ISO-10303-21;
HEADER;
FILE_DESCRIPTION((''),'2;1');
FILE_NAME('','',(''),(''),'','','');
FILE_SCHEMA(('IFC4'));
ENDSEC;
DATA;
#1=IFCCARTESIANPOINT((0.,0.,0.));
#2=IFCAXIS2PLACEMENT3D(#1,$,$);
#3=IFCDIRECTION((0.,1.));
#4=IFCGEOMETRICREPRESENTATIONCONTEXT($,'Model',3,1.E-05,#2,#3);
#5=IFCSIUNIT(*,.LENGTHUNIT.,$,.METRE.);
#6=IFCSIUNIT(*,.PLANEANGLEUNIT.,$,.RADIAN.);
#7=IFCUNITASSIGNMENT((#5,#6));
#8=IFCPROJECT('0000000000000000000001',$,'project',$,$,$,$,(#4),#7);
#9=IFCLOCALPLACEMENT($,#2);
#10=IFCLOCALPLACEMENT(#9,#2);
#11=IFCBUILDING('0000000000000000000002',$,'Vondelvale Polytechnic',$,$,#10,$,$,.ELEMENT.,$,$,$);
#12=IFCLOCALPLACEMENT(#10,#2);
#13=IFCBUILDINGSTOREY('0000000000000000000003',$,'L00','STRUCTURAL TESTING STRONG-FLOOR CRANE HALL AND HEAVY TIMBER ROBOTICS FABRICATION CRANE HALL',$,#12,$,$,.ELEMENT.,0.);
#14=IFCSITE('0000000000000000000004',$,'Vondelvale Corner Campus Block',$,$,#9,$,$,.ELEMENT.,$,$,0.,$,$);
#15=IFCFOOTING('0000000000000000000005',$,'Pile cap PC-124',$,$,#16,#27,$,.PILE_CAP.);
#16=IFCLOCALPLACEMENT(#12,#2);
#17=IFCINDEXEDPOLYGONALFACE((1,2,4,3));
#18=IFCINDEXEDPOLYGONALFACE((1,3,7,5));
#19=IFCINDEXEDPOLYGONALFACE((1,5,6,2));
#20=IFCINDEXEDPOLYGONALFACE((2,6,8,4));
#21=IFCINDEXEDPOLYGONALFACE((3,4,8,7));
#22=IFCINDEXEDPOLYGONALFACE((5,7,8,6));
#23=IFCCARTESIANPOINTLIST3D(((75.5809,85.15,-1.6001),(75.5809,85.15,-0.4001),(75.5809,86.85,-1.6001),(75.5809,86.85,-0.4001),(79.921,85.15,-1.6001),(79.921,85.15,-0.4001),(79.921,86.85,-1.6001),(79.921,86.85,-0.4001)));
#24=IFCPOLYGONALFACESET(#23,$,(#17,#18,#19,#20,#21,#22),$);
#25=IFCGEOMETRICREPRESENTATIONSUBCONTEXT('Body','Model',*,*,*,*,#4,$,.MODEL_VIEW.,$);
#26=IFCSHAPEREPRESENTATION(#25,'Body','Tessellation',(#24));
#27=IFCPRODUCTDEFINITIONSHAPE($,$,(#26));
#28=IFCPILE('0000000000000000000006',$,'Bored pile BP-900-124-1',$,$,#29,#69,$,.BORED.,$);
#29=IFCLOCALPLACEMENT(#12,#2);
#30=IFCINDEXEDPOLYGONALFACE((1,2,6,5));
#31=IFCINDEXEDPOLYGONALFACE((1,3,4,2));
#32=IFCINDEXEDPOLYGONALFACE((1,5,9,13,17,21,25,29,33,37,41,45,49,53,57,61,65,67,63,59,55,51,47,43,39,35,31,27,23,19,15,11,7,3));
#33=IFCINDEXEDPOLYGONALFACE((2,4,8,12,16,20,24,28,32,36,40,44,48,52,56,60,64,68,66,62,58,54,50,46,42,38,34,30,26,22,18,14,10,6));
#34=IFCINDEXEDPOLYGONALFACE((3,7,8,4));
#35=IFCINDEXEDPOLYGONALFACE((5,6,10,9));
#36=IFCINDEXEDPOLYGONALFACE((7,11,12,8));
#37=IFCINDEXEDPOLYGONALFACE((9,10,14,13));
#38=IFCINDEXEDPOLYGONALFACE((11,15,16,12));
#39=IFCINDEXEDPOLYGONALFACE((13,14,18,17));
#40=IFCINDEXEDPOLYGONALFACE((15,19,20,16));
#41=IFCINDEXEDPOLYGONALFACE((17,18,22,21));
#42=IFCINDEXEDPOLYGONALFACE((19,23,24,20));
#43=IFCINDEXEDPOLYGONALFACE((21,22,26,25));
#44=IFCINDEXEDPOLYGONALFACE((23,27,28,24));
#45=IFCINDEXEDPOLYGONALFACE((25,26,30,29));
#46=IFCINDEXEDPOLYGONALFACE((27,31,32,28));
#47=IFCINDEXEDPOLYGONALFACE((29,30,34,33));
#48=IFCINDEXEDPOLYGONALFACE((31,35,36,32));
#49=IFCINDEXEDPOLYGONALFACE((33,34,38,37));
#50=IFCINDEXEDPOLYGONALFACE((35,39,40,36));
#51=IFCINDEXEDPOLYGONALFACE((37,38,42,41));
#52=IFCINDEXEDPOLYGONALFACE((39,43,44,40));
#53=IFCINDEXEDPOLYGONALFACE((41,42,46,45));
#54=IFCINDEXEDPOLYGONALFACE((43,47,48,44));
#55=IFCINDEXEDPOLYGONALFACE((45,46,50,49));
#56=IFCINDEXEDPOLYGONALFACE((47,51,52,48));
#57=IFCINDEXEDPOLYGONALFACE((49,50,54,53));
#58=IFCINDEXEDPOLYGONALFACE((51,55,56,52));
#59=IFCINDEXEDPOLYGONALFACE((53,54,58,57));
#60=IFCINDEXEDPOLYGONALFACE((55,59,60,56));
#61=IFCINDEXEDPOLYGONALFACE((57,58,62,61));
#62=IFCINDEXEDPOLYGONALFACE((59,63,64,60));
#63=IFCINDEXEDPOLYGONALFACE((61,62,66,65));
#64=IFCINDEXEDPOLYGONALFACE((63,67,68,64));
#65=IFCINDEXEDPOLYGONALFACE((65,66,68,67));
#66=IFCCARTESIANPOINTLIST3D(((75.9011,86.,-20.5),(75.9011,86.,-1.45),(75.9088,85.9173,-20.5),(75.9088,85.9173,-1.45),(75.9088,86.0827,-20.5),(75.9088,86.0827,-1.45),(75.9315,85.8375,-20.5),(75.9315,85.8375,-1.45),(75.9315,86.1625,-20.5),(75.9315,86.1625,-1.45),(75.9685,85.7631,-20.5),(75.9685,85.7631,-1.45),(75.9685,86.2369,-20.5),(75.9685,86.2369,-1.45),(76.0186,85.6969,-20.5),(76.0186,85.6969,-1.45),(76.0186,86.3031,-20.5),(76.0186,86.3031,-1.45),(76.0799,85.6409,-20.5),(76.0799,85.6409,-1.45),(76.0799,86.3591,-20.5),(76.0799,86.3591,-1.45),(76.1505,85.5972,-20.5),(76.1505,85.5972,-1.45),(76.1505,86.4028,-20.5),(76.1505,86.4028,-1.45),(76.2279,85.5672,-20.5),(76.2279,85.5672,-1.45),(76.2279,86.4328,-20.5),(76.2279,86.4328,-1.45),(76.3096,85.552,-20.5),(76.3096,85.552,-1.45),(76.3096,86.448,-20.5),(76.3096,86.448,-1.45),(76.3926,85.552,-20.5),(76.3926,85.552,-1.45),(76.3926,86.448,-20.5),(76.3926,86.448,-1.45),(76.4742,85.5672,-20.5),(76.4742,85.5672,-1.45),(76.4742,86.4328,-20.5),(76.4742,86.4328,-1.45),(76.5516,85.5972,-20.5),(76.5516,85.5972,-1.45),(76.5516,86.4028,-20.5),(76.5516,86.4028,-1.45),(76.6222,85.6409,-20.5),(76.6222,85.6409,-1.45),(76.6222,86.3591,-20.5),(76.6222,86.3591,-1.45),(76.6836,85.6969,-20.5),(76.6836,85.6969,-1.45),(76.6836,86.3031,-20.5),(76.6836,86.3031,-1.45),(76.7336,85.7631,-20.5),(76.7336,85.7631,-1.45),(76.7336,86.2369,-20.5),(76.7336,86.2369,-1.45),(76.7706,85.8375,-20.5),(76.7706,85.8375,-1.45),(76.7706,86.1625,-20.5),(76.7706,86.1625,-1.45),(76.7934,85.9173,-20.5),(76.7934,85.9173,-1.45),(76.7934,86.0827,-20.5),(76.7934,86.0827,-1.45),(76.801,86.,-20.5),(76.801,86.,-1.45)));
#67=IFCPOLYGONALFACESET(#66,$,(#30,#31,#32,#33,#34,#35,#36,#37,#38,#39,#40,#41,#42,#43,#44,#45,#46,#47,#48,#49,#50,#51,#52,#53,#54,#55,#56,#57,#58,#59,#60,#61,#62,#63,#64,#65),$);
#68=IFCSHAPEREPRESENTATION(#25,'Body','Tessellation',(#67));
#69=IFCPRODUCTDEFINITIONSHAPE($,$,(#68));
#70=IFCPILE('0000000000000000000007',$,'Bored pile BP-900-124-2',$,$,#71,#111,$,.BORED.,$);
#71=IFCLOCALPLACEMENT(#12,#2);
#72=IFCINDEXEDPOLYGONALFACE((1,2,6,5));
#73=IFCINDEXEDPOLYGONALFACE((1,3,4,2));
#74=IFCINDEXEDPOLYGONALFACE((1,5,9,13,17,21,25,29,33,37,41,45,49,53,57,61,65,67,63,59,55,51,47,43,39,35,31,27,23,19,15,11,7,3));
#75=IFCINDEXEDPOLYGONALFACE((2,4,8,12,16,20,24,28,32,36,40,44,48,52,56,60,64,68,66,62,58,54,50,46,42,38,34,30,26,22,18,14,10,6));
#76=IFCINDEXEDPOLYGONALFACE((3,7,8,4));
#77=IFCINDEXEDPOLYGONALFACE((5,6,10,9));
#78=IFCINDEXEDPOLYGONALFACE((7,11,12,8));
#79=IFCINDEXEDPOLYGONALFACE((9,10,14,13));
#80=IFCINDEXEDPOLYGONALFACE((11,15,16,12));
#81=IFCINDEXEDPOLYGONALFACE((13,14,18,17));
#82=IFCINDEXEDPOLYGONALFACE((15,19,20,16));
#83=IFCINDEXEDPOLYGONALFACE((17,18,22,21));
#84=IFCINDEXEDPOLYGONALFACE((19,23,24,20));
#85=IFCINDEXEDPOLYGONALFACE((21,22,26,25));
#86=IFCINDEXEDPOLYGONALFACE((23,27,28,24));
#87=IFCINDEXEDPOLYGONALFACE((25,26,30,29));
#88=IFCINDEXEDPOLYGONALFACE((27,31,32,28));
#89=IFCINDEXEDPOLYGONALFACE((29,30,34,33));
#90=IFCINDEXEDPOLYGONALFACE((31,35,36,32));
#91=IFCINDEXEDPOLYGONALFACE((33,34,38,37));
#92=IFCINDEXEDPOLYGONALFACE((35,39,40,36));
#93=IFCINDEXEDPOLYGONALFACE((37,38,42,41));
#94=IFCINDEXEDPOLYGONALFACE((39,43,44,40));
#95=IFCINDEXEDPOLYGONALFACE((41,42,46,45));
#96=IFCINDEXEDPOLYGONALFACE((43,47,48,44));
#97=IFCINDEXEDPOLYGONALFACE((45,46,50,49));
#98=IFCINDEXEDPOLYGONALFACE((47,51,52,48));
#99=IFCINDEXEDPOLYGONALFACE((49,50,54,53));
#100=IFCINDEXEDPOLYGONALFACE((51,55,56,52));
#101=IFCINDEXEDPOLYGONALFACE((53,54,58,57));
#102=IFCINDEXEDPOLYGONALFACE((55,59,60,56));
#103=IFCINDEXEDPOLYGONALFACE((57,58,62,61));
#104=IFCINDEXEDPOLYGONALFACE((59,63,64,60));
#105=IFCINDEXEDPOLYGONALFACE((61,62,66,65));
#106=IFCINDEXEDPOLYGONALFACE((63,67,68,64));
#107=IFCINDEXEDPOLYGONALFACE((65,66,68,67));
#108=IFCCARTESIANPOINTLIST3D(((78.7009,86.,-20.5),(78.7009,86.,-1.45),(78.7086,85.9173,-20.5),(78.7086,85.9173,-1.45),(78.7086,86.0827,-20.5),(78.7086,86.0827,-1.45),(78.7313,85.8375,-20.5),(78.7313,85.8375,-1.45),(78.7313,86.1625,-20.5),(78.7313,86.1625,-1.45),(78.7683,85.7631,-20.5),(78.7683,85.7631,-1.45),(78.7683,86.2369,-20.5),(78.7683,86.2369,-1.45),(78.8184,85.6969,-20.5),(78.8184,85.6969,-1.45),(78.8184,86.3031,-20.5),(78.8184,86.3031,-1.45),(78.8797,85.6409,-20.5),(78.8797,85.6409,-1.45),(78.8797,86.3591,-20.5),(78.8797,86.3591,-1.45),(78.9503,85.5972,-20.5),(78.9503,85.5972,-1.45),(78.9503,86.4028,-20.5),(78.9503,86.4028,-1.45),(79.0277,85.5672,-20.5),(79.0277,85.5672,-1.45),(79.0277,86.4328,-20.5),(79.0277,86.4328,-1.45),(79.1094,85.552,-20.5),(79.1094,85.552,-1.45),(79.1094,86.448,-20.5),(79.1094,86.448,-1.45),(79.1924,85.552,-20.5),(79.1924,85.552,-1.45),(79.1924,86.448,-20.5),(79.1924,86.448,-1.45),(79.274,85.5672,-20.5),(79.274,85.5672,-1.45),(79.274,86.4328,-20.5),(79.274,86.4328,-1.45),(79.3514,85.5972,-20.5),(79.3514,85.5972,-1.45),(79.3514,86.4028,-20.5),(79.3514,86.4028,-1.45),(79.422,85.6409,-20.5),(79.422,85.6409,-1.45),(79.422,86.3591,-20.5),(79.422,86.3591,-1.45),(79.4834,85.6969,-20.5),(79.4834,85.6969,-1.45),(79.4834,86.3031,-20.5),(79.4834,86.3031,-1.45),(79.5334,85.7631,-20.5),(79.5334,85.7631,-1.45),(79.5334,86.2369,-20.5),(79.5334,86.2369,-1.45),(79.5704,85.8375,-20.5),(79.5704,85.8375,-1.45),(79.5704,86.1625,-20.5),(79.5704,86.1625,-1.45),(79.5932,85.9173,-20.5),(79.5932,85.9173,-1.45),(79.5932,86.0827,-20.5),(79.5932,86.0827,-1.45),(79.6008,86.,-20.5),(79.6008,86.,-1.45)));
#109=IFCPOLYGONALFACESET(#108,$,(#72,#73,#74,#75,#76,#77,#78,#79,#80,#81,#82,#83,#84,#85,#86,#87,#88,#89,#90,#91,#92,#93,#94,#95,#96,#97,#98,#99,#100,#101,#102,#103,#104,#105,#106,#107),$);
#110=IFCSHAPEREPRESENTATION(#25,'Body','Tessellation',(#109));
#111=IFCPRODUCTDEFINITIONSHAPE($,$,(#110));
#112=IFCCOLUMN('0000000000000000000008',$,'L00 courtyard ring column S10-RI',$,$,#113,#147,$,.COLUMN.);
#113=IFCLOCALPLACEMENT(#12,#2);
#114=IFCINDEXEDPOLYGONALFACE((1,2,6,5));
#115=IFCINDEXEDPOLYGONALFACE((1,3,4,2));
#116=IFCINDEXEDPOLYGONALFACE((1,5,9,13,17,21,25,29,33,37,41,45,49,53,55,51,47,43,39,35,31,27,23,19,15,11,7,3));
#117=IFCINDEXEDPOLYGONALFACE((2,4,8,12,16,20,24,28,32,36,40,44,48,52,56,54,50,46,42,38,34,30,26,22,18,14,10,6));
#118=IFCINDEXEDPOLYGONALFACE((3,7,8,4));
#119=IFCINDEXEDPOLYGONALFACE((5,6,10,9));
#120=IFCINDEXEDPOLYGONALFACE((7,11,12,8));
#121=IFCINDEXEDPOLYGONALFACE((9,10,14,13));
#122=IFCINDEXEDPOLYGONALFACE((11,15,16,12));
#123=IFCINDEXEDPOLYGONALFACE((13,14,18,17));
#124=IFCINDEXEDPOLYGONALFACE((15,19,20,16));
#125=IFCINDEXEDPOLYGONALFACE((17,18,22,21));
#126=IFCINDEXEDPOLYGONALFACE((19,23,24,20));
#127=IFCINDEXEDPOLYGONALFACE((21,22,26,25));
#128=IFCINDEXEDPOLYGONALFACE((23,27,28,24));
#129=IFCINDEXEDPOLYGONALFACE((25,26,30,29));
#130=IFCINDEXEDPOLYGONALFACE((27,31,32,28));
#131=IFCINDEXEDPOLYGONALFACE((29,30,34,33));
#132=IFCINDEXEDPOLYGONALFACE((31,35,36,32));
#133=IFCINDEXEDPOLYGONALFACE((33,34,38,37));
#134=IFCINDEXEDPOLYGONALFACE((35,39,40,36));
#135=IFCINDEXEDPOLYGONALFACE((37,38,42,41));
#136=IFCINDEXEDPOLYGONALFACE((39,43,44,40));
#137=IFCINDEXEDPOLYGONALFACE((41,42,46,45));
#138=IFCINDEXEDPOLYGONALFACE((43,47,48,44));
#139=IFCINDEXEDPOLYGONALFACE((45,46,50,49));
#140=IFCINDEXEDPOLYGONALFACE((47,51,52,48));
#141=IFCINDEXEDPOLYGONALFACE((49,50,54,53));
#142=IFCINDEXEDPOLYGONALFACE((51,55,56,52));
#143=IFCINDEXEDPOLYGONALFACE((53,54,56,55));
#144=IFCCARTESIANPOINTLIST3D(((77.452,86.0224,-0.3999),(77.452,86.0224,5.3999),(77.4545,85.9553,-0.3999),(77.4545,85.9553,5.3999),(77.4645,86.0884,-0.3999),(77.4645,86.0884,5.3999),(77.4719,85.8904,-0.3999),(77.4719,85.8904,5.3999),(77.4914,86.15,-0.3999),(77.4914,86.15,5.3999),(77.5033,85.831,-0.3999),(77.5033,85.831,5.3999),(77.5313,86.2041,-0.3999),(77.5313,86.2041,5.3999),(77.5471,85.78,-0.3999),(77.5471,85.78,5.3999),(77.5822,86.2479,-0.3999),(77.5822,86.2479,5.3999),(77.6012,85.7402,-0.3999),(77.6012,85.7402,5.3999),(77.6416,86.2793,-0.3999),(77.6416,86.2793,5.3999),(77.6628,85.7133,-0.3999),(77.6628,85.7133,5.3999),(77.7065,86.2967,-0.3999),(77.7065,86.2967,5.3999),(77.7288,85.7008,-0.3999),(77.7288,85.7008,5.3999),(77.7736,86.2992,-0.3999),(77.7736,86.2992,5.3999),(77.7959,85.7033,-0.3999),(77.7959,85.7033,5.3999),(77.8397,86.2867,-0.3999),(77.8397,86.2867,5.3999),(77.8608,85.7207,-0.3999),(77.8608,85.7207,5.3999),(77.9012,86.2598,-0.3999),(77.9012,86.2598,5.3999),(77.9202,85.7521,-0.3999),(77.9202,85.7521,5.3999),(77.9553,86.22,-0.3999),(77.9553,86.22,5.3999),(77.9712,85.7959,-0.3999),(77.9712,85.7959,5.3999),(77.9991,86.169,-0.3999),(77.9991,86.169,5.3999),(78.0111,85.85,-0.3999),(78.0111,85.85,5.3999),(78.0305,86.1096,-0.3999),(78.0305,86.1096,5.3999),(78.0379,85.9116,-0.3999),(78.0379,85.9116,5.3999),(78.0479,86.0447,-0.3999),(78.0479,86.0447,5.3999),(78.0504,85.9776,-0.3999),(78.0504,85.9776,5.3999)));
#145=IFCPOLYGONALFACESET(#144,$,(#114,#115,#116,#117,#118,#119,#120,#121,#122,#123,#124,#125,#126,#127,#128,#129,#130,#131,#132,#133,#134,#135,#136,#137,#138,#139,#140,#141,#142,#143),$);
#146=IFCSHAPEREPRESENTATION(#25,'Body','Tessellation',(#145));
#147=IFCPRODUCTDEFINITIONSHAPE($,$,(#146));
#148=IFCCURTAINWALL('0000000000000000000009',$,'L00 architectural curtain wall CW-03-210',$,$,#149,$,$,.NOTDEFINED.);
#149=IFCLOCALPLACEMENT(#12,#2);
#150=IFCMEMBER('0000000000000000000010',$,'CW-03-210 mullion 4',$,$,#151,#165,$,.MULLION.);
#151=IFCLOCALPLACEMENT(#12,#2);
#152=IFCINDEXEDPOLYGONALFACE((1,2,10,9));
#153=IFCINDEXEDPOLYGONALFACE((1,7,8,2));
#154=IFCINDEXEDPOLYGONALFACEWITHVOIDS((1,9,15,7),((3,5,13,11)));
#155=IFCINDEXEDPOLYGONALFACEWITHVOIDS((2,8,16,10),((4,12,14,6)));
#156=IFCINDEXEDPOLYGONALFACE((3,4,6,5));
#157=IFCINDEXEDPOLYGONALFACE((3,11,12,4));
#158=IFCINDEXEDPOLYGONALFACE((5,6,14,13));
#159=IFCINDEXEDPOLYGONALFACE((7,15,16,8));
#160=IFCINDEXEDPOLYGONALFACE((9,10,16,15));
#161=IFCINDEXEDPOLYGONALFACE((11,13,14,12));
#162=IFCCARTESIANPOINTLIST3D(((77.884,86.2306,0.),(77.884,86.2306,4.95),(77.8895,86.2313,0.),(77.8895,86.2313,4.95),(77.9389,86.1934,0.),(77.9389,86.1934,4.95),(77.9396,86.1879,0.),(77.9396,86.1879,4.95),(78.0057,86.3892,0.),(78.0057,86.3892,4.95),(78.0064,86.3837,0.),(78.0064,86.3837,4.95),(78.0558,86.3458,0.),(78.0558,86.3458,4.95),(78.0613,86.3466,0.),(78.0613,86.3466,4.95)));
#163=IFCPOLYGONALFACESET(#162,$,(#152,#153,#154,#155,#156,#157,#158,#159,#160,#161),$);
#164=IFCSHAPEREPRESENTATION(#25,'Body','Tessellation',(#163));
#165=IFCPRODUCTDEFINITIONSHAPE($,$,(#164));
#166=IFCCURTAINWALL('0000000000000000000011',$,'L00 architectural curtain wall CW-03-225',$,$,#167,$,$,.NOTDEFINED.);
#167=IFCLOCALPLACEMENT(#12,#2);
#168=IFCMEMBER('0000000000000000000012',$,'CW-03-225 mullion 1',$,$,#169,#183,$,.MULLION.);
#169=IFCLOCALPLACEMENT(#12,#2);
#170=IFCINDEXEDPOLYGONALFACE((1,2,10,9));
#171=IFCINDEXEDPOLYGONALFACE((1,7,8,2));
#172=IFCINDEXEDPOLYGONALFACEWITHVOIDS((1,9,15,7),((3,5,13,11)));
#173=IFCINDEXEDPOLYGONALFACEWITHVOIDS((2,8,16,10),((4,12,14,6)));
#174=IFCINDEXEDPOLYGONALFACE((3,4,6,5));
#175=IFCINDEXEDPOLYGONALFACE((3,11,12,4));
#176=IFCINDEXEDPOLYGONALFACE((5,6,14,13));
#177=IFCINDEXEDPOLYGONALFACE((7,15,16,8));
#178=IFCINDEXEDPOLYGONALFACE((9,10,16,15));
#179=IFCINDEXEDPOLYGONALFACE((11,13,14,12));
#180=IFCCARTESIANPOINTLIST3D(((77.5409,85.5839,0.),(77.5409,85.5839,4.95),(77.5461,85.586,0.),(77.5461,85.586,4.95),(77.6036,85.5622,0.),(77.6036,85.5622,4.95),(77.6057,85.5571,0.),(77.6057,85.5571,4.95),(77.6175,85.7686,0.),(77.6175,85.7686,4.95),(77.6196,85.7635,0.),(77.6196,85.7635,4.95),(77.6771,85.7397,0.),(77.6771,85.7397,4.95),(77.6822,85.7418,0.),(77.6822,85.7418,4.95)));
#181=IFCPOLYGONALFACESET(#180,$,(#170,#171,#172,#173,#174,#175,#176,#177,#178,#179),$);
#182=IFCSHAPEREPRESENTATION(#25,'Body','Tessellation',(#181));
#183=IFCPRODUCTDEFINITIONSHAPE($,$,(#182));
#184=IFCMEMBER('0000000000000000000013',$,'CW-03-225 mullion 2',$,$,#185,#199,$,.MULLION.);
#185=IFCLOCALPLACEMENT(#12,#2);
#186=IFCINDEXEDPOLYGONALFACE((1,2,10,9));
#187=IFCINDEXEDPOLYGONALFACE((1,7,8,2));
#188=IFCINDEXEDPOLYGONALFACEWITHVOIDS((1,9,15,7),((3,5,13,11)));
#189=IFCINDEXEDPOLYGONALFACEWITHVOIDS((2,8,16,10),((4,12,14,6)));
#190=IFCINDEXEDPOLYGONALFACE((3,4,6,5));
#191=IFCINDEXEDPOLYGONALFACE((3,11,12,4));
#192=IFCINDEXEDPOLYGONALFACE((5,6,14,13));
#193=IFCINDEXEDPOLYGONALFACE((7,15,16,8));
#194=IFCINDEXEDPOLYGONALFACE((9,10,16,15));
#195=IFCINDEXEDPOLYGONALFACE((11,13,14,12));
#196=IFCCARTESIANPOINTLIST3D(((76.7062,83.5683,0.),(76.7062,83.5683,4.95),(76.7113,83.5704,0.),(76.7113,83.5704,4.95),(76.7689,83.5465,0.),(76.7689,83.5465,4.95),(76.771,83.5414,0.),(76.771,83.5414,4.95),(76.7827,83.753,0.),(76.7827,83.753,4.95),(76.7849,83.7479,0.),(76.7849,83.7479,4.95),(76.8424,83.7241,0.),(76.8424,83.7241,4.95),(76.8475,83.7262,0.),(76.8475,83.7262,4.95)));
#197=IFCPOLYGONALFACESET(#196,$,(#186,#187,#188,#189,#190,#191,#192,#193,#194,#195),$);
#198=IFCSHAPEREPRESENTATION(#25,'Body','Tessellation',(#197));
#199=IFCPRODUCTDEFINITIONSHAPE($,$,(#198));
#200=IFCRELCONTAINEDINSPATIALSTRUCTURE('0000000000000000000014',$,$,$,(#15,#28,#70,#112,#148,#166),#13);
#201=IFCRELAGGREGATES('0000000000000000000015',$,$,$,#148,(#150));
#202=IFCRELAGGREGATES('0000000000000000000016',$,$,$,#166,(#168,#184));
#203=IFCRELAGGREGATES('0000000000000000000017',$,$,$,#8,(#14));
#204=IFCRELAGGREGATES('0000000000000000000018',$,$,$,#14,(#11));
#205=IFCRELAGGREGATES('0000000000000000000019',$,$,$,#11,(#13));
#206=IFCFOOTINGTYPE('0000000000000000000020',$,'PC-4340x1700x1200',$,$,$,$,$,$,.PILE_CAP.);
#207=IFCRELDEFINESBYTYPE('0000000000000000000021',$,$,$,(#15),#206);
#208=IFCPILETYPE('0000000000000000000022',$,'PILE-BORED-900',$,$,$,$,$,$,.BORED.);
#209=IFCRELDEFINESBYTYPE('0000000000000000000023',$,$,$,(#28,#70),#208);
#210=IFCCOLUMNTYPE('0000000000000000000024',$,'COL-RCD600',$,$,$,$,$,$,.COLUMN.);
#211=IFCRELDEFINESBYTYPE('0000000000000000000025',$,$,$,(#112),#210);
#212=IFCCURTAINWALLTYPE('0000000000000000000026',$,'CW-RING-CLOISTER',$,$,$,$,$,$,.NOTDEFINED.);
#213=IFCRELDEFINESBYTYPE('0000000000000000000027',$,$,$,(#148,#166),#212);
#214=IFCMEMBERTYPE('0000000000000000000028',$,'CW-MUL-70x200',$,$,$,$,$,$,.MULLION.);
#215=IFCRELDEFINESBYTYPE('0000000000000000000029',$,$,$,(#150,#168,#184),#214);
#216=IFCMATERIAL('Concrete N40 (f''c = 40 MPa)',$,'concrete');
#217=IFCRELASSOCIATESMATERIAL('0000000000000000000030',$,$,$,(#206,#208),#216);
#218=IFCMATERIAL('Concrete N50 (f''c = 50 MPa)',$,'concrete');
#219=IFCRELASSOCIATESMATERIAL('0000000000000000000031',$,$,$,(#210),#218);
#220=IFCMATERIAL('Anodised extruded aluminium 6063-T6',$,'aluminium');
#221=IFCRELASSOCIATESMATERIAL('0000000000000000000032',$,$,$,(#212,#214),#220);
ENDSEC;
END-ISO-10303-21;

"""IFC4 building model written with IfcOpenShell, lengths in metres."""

from ifc_helpers import new_model, si_unit, direction, frame, origin, origin_2d, place, context, subcontext, project, spatial, rectangle, hollow_rectangle, circle, extrude, material, material_profile, profile_set, type_object, element, aggregate, save


model = new_model("IFC4")

# Units and contexts
model_context = context("Model", 3, precision=1e-05, world=origin(), true_north=direction((0.0, 1.0)))
body_context = subcontext(model_context, "Body", "Model", "MODEL_VIEW")
ifc_project = project(units=[si_unit("LENGTHUNIT", "METRE"), si_unit("PLANEANGLEUNIT", "RADIAN")], contexts=[model_context])

# Site, building, storey
site_placement = place(None, origin())
site = spatial("IfcSite", under=ifc_project, at=site_placement, Name="Vondelvale Corner Campus Block", CompositionType="ELEMENT", RefElevation=0.0)
building_placement = place(site_placement, origin())
building = spatial("IfcBuilding", under=site, at=building_placement, Name="Vondelvale Polytechnic", CompositionType="ELEMENT")
storey_placement = place(building_placement, origin())
storey = spatial("IfcBuildingStorey", under=building, at=storey_placement, Name="L00", Description="STRUCTURAL TESTING STRONG-FLOOR CRANE HALL AND HEAVY TIMBER ROBOTICS FABRICATION CRANE HALL", CompositionType="ELEMENT", Elevation=0.0)

# Footing
ifc_material_1 = material(Name="Concrete N40 (f'c = 40 MPa)", Category="concrete")
footing_type = type_object("IfcFootingType", Name="PC-4340x1700x1200", PredefinedType="PILE_CAP", material=ifc_material_1)
footing_placement = place(storey_placement, frame((77.751, 86.0, -1.6001), z_axis=(0.0, 0.0, 1.0), x_axis=(1.0, 0.0, 0.0)))
element("IfcFooting", 1, at=footing_placement, inside=storey, type_object=footing_type, Name="Pile cap PC-124", PredefinedType="PILE_CAP", context=body_context, shape_type="SweptSolid", body=[
    extrude(rectangle(XDim=4.3401, YDim=1.7, at=origin_2d()), origin(), (0.0, 0.0, 1.0), 1.2),
])

# Piles
ifc_material_profile_1 = material_profile(ifc_material_1, circle(Radius=0.45, at=origin_2d()), Name="PILE-D900")
ifc_profile_set_1 = profile_set([ifc_material_profile_1], Name="Concrete N40 (f'c = 40 MPa)")
pile_type = type_object("IfcPileType", Name="PILE-BORED-900", PredefinedType="BORED", material=ifc_profile_set_1)
for number, where, z_axis, x_axis, name in (
    (2, (76.3511, 86.0, -1.45), (0.0, 0.0, -1.0), (1.0, 0.0, 0.0), "Bored pile BP-900-124-1"),
    (3, (79.1509, 86.0, -1.45), (0.0, 0.0, -1.0), (1.0, 0.0, 0.0), "Bored pile BP-900-124-2"),
):
    element("IfcPile", number, at=place(storey_placement, frame(where, z_axis=z_axis, x_axis=x_axis)), inside=storey, type_object=pile_type, Name=name, PredefinedType="BORED", context=body_context, shape_type="SweptSolid", body=[
        extrude(circle(Radius=0.45, at=origin_2d()), origin(), (0.0, 0.0, 1.0), 19.05),
    ])

# Column
ifc_material_2 = material(Name="Concrete N50 (f'c = 50 MPa)", Category="concrete")
ifc_material_profile_2 = material_profile(ifc_material_2, circle(Radius=0.3, at=origin_2d()), Name="RC-COL-D600")
ifc_profile_set_2 = profile_set([ifc_material_profile_2], Name="Concrete N50 (f'c = 50 MPa)")
column_type = type_object("IfcColumnType", Name="COL-RCD600", PredefinedType="COLUMN", material=ifc_profile_set_2)
column_placement = place(storey_placement, frame((77.7512, 86.0, -0.3999), z_axis=(0.0, 0.0, 1.0), x_axis=(-0.866025, 0.5, 0.0)))
element("IfcColumn", 4, at=column_placement, inside=storey, type_object=column_type, Name="L00 courtyard ring column S10-RI", PredefinedType="COLUMN", context=body_context, shape_type="SweptSolid", body=[
    extrude(circle(Radius=0.3, at=origin_2d()), origin(), (0.0, 0.0, 1.0), 5.7998),
])

# Curtain wall, member
ifc_material_3 = material(Name="Anodised extruded aluminium 6063-T6", Category="aluminium")
curtain_wall_type = type_object("IfcCurtainWallType", Name="CW-RING-CLOISTER", PredefinedType="NOTDEFINED", material=ifc_material_3)
curtain_wall_1_placement = place(storey_placement, origin())
curtain_wall_1 = element("IfcCurtainWall", 5, at=curtain_wall_1_placement, inside=storey, type_object=curtain_wall_type, Name="L00 architectural curtain wall CW-03-210", PredefinedType="NOTDEFINED")
ifc_material_profile_3 = material_profile(ifc_material_3, hollow_rectangle(XDim=0.0701, YDim=0.2, WallThickness=0.0039, at=origin_2d()), Name="CW-MUL-200x70")
ifc_profile_set_3 = profile_set([ifc_material_profile_3], Name="Anodised extruded aluminium 6063-T6")
member_type_1 = type_object("IfcMemberType", Name="CW-MUL-70x200", PredefinedType="MULLION", material=ifc_profile_set_3)
member_1_placement = place(storey_placement, frame((77.9727, 86.2886, 0.0), z_axis=(0.0, 0.0, 1.0), x_axis=(0.793364, -0.608748, 0.0)))
member_1 = element("IfcMember", 6, at=member_1_placement, type_object=member_type_1, Name="CW-03-210 mullion 4", PredefinedType="MULLION", context=body_context, shape_type="SweptSolid", body=[
    extrude(hollow_rectangle(XDim=0.0701, YDim=0.2, WallThickness=0.0039, at=origin_2d()), origin(), (0.0, 0.0, 1.0), 4.95),
])

# Curtain wall, members
curtain_wall_2_placement = place(storey_placement, origin())
curtain_wall_2 = element("IfcCurtainWall", 7, at=curtain_wall_2_placement, inside=storey, type_object=curtain_wall_type, Name="L00 architectural curtain wall CW-03-225", PredefinedType="NOTDEFINED")
member_2_placement = place(storey_placement, frame((77.6116, 85.6628, 0.0), z_axis=(0.0, 0.0, 1.0), x_axis=(0.923882, -0.382679, 0.0)))
member_2 = element("IfcMember", 8, at=member_2_placement, type_object=member_type_1, Name="CW-03-225 mullion 1", PredefinedType="MULLION", context=body_context, shape_type="SweptSolid", body=[
    extrude(hollow_rectangle(XDim=0.0701, YDim=0.2, WallThickness=0.0039, at=origin_2d()), origin(), (0.0, 0.0, 1.0), 4.95),
])
member_3_placement = place(storey_placement, frame((76.7769, 83.6472, 0.0), z_axis=(0.0, 0.0, 1.0), x_axis=(0.923882, -0.382679, 0.0)))
member_3 = element("IfcMember", 9, at=member_3_placement, type_object=member_type_1, Name="CW-03-225 mullion 2", PredefinedType="MULLION", context=body_context, shape_type="SweptSolid", body=[
    extrude(hollow_rectangle(XDim=0.0701, YDim=0.2, WallThickness=0.0039, at=origin_2d()), origin(), (0.0, 0.0, 1.0), 4.95),
])

aggregate(curtain_wall_1, [member_1])
aggregate(curtain_wall_2, [member_2, member_3])

save(model, "model.ifc")
